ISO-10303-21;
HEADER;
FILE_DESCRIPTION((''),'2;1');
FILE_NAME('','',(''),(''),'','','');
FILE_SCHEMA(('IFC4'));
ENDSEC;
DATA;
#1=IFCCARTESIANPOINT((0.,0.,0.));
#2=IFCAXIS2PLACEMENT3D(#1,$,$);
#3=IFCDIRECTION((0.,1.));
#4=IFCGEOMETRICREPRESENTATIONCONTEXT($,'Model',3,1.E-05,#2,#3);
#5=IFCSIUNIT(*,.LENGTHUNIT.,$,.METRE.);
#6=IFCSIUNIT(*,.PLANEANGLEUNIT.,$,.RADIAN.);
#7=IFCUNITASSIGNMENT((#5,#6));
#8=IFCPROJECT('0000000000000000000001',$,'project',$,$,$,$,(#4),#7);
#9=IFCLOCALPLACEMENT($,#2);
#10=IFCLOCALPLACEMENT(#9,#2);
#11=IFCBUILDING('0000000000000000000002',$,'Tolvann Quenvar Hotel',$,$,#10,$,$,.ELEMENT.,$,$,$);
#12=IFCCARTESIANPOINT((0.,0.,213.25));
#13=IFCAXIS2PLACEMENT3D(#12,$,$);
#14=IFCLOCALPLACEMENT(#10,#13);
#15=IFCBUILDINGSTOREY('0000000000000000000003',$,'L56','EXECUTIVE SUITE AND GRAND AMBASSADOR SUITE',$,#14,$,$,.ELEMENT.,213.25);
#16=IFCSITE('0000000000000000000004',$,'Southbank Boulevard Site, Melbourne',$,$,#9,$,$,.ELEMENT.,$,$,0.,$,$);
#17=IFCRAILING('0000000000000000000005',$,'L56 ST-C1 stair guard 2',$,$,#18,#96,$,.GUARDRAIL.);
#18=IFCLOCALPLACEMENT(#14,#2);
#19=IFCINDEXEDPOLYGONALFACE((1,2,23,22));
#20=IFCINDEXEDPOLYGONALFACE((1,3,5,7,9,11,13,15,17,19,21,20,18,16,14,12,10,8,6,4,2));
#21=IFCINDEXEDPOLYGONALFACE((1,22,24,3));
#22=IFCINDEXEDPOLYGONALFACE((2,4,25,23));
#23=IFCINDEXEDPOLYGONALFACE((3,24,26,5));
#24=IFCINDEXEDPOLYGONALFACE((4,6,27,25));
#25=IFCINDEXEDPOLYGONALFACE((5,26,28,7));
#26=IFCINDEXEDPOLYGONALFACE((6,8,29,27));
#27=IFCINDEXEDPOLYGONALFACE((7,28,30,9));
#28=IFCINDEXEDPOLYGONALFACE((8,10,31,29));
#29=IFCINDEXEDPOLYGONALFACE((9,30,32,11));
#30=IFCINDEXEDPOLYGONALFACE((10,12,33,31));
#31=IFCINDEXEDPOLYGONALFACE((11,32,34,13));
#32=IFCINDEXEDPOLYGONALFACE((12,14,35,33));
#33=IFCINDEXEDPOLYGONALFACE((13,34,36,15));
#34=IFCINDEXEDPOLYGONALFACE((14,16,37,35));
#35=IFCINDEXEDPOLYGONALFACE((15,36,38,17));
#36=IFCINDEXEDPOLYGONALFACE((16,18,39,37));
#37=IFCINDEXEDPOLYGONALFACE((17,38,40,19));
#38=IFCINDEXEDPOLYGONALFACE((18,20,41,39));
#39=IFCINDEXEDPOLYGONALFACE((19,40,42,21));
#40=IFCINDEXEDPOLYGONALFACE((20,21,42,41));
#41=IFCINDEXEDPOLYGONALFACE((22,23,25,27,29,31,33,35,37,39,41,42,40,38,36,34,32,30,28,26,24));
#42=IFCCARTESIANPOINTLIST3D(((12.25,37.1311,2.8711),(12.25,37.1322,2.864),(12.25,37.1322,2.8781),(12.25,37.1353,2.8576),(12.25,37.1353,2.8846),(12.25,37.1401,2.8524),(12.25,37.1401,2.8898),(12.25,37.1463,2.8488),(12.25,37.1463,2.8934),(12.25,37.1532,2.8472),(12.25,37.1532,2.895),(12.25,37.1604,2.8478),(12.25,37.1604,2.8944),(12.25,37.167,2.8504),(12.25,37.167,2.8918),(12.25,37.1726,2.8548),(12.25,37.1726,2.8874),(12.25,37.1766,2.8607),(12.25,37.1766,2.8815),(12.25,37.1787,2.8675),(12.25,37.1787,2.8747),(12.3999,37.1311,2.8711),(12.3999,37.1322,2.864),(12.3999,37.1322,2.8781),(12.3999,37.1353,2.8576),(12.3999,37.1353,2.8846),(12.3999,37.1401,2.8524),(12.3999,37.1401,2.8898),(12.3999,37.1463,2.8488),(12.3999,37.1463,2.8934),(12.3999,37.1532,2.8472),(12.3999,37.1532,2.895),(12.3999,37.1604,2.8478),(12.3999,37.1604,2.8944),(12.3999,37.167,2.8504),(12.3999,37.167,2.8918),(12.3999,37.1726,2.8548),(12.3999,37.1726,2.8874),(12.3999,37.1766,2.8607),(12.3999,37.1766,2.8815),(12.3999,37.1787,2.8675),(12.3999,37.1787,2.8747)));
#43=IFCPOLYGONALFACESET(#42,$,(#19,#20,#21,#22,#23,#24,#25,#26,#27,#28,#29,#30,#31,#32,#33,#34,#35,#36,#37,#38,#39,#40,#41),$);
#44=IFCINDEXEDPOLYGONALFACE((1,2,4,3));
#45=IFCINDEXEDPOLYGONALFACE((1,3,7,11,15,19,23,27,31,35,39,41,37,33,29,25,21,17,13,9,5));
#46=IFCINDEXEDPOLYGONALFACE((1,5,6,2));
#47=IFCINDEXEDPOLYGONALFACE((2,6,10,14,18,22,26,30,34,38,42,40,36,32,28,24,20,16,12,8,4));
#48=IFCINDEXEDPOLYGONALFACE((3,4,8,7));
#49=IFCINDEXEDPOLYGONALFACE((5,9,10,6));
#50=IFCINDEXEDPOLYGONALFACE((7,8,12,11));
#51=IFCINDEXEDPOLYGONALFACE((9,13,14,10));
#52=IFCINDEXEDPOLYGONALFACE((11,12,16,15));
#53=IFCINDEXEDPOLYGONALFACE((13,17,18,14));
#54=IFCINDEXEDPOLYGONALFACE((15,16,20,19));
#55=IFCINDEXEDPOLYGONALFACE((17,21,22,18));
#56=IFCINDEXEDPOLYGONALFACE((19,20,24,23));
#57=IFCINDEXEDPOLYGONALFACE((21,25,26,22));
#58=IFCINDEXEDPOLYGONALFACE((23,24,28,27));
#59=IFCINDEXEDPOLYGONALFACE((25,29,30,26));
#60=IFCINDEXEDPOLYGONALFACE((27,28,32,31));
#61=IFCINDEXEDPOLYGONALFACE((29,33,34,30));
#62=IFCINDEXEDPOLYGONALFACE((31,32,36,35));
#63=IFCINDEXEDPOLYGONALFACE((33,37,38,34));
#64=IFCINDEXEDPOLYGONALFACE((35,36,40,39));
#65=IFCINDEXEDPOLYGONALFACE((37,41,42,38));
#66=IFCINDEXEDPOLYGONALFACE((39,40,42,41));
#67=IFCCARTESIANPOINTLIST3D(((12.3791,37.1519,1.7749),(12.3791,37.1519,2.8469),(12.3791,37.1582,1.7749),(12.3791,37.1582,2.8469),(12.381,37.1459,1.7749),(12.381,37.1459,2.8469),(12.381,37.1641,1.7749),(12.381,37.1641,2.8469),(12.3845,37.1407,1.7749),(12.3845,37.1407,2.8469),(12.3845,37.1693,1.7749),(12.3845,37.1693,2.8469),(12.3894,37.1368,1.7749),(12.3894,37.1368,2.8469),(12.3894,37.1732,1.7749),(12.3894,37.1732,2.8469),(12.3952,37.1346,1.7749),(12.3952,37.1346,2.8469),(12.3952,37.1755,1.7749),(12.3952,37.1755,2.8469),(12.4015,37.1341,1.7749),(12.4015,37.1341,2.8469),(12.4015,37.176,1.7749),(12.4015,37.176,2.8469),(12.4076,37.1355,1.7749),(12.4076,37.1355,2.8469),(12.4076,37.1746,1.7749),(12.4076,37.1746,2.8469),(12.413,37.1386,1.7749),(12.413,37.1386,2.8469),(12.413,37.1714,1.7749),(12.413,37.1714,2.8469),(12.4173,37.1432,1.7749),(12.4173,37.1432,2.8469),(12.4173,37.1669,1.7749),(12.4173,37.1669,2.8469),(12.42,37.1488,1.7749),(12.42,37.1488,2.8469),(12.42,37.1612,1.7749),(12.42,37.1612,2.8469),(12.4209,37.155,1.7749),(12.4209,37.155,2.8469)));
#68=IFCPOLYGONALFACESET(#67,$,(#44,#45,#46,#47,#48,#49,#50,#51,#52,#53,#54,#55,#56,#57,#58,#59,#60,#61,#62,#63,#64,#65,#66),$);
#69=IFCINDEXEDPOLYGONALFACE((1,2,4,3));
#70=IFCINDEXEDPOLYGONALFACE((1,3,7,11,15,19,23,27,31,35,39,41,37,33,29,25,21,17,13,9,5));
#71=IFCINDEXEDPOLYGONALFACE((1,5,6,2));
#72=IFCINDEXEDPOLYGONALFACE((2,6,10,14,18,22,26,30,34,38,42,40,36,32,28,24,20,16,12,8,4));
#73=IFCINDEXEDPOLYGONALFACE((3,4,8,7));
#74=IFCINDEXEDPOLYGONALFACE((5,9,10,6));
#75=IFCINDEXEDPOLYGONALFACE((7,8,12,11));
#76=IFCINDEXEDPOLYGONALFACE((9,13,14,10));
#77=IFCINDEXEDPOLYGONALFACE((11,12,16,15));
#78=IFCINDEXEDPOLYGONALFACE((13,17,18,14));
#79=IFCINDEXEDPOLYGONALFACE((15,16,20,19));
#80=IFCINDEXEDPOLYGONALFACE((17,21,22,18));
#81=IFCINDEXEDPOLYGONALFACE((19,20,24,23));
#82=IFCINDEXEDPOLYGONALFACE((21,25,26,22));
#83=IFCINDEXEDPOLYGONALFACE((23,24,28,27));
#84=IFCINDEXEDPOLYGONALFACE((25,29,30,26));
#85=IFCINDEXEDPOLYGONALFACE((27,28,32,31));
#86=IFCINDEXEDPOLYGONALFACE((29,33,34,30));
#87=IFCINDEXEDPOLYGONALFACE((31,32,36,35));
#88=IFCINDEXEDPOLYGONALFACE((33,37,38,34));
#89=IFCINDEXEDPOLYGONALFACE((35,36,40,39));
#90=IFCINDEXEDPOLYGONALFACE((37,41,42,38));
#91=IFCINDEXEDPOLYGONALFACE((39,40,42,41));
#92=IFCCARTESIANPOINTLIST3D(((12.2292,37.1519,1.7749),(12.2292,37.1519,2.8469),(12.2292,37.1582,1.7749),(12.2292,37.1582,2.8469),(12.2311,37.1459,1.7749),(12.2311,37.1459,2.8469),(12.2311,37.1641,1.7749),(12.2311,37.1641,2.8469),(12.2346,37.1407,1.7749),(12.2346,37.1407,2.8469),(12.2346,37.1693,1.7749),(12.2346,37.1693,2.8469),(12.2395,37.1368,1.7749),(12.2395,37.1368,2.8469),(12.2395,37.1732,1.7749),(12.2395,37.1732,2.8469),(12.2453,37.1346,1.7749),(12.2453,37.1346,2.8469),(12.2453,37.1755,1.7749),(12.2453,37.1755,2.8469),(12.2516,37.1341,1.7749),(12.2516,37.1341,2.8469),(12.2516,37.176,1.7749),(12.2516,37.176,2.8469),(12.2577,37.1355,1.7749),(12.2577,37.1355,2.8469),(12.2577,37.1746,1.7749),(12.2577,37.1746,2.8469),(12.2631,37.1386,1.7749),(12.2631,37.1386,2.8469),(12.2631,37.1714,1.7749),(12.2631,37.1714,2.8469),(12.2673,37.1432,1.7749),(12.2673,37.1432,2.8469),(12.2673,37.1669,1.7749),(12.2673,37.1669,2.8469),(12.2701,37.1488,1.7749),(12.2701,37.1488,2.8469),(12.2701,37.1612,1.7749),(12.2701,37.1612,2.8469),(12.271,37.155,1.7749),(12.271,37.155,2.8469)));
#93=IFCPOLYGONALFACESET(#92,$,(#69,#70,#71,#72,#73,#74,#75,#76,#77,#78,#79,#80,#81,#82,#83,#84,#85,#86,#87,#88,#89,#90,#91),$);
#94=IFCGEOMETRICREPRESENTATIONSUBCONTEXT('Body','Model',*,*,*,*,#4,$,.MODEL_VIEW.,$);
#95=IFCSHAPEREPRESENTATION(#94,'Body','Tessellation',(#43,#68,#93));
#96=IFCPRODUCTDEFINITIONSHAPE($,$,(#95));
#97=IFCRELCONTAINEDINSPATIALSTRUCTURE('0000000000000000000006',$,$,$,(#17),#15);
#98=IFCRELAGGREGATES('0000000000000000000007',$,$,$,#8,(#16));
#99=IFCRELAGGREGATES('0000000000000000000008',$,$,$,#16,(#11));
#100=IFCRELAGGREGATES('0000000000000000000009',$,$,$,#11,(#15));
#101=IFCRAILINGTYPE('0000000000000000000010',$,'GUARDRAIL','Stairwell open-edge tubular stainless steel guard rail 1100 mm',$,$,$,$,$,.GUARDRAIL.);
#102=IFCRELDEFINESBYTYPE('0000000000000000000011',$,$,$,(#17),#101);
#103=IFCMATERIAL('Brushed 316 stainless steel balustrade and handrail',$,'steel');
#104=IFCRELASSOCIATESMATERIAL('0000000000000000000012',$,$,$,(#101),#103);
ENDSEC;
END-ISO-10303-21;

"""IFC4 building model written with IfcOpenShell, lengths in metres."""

from ifc_helpers import new_model, si_unit, direction, frame, origin, origin_2d, place, context, subcontext, project, spatial, circle, extrude, material, type_object, element, save


model = new_model("IFC4")

# Units and contexts
model_context = context("Model", 3, precision=1e-05, world=origin(), true_north=direction((0.0, 1.0)))
body_context = subcontext(model_context, "Body", "Model", "MODEL_VIEW")
ifc_project = project(units=[si_unit("LENGTHUNIT", "METRE"), si_unit("PLANEANGLEUNIT", "RADIAN")], contexts=[model_context])

# Site, building, storey
site_placement = place(None, origin())
site = spatial("IfcSite", under=ifc_project, at=site_placement, Name="Southbank Boulevard Site, Melbourne", CompositionType="ELEMENT", RefElevation=0.0)
building_placement = place(site_placement, origin())
building = spatial("IfcBuilding", under=site, at=building_placement, Name="Tolvann Quenvar Hotel", CompositionType="ELEMENT")
storey_placement = place(building_placement, frame((0.0, 0.0, 213.25)))
storey = spatial("IfcBuildingStorey", under=building, at=storey_placement, Name="L56", Description="EXECUTIVE SUITE AND GRAND AMBASSADOR SUITE", CompositionType="ELEMENT", Elevation=213.25)

# Railing
ifc_material_1 = material(Name="Brushed 316 stainless steel balustrade and handrail", Category="steel")
railing_type_1 = type_object("IfcRailingType", Name="GUARDRAIL", Description="Stairwell open-edge tubular stainless steel guard rail 1100 mm", PredefinedType="GUARDRAIL", material=ifc_material_1)
railing_1_placement = place(storey_placement, frame((12.3999, 37.155, 1.7749)))
element("IfcRailing", 1, at=railing_1_placement, inside=storey, type_object=railing_type_1, Name="L56 ST-C1 stair guard 2", PredefinedType="GUARDRAIL", context=body_context, shape_type="SweptSolid", body=[
    extrude(circle(Radius=0.0239, at=origin_2d()), frame((0.0, 0.0, 1.0962), z_axis=(-1.0, 0.0, 0.0), x_axis=(0.0, -1.0, 0.0)), (0.0, 0.0, 1.0), 0.1499),
    extrude(circle(Radius=0.021, at=origin_2d()), origin(), (0.0, 0.0, 1.0), 1.072),
    extrude(circle(Radius=0.021, at=origin_2d()), frame((-0.1499, 0.0, 0.0)), (0.0, 0.0, 1.0), 1.072),
])

save(model, "model.ifc")
